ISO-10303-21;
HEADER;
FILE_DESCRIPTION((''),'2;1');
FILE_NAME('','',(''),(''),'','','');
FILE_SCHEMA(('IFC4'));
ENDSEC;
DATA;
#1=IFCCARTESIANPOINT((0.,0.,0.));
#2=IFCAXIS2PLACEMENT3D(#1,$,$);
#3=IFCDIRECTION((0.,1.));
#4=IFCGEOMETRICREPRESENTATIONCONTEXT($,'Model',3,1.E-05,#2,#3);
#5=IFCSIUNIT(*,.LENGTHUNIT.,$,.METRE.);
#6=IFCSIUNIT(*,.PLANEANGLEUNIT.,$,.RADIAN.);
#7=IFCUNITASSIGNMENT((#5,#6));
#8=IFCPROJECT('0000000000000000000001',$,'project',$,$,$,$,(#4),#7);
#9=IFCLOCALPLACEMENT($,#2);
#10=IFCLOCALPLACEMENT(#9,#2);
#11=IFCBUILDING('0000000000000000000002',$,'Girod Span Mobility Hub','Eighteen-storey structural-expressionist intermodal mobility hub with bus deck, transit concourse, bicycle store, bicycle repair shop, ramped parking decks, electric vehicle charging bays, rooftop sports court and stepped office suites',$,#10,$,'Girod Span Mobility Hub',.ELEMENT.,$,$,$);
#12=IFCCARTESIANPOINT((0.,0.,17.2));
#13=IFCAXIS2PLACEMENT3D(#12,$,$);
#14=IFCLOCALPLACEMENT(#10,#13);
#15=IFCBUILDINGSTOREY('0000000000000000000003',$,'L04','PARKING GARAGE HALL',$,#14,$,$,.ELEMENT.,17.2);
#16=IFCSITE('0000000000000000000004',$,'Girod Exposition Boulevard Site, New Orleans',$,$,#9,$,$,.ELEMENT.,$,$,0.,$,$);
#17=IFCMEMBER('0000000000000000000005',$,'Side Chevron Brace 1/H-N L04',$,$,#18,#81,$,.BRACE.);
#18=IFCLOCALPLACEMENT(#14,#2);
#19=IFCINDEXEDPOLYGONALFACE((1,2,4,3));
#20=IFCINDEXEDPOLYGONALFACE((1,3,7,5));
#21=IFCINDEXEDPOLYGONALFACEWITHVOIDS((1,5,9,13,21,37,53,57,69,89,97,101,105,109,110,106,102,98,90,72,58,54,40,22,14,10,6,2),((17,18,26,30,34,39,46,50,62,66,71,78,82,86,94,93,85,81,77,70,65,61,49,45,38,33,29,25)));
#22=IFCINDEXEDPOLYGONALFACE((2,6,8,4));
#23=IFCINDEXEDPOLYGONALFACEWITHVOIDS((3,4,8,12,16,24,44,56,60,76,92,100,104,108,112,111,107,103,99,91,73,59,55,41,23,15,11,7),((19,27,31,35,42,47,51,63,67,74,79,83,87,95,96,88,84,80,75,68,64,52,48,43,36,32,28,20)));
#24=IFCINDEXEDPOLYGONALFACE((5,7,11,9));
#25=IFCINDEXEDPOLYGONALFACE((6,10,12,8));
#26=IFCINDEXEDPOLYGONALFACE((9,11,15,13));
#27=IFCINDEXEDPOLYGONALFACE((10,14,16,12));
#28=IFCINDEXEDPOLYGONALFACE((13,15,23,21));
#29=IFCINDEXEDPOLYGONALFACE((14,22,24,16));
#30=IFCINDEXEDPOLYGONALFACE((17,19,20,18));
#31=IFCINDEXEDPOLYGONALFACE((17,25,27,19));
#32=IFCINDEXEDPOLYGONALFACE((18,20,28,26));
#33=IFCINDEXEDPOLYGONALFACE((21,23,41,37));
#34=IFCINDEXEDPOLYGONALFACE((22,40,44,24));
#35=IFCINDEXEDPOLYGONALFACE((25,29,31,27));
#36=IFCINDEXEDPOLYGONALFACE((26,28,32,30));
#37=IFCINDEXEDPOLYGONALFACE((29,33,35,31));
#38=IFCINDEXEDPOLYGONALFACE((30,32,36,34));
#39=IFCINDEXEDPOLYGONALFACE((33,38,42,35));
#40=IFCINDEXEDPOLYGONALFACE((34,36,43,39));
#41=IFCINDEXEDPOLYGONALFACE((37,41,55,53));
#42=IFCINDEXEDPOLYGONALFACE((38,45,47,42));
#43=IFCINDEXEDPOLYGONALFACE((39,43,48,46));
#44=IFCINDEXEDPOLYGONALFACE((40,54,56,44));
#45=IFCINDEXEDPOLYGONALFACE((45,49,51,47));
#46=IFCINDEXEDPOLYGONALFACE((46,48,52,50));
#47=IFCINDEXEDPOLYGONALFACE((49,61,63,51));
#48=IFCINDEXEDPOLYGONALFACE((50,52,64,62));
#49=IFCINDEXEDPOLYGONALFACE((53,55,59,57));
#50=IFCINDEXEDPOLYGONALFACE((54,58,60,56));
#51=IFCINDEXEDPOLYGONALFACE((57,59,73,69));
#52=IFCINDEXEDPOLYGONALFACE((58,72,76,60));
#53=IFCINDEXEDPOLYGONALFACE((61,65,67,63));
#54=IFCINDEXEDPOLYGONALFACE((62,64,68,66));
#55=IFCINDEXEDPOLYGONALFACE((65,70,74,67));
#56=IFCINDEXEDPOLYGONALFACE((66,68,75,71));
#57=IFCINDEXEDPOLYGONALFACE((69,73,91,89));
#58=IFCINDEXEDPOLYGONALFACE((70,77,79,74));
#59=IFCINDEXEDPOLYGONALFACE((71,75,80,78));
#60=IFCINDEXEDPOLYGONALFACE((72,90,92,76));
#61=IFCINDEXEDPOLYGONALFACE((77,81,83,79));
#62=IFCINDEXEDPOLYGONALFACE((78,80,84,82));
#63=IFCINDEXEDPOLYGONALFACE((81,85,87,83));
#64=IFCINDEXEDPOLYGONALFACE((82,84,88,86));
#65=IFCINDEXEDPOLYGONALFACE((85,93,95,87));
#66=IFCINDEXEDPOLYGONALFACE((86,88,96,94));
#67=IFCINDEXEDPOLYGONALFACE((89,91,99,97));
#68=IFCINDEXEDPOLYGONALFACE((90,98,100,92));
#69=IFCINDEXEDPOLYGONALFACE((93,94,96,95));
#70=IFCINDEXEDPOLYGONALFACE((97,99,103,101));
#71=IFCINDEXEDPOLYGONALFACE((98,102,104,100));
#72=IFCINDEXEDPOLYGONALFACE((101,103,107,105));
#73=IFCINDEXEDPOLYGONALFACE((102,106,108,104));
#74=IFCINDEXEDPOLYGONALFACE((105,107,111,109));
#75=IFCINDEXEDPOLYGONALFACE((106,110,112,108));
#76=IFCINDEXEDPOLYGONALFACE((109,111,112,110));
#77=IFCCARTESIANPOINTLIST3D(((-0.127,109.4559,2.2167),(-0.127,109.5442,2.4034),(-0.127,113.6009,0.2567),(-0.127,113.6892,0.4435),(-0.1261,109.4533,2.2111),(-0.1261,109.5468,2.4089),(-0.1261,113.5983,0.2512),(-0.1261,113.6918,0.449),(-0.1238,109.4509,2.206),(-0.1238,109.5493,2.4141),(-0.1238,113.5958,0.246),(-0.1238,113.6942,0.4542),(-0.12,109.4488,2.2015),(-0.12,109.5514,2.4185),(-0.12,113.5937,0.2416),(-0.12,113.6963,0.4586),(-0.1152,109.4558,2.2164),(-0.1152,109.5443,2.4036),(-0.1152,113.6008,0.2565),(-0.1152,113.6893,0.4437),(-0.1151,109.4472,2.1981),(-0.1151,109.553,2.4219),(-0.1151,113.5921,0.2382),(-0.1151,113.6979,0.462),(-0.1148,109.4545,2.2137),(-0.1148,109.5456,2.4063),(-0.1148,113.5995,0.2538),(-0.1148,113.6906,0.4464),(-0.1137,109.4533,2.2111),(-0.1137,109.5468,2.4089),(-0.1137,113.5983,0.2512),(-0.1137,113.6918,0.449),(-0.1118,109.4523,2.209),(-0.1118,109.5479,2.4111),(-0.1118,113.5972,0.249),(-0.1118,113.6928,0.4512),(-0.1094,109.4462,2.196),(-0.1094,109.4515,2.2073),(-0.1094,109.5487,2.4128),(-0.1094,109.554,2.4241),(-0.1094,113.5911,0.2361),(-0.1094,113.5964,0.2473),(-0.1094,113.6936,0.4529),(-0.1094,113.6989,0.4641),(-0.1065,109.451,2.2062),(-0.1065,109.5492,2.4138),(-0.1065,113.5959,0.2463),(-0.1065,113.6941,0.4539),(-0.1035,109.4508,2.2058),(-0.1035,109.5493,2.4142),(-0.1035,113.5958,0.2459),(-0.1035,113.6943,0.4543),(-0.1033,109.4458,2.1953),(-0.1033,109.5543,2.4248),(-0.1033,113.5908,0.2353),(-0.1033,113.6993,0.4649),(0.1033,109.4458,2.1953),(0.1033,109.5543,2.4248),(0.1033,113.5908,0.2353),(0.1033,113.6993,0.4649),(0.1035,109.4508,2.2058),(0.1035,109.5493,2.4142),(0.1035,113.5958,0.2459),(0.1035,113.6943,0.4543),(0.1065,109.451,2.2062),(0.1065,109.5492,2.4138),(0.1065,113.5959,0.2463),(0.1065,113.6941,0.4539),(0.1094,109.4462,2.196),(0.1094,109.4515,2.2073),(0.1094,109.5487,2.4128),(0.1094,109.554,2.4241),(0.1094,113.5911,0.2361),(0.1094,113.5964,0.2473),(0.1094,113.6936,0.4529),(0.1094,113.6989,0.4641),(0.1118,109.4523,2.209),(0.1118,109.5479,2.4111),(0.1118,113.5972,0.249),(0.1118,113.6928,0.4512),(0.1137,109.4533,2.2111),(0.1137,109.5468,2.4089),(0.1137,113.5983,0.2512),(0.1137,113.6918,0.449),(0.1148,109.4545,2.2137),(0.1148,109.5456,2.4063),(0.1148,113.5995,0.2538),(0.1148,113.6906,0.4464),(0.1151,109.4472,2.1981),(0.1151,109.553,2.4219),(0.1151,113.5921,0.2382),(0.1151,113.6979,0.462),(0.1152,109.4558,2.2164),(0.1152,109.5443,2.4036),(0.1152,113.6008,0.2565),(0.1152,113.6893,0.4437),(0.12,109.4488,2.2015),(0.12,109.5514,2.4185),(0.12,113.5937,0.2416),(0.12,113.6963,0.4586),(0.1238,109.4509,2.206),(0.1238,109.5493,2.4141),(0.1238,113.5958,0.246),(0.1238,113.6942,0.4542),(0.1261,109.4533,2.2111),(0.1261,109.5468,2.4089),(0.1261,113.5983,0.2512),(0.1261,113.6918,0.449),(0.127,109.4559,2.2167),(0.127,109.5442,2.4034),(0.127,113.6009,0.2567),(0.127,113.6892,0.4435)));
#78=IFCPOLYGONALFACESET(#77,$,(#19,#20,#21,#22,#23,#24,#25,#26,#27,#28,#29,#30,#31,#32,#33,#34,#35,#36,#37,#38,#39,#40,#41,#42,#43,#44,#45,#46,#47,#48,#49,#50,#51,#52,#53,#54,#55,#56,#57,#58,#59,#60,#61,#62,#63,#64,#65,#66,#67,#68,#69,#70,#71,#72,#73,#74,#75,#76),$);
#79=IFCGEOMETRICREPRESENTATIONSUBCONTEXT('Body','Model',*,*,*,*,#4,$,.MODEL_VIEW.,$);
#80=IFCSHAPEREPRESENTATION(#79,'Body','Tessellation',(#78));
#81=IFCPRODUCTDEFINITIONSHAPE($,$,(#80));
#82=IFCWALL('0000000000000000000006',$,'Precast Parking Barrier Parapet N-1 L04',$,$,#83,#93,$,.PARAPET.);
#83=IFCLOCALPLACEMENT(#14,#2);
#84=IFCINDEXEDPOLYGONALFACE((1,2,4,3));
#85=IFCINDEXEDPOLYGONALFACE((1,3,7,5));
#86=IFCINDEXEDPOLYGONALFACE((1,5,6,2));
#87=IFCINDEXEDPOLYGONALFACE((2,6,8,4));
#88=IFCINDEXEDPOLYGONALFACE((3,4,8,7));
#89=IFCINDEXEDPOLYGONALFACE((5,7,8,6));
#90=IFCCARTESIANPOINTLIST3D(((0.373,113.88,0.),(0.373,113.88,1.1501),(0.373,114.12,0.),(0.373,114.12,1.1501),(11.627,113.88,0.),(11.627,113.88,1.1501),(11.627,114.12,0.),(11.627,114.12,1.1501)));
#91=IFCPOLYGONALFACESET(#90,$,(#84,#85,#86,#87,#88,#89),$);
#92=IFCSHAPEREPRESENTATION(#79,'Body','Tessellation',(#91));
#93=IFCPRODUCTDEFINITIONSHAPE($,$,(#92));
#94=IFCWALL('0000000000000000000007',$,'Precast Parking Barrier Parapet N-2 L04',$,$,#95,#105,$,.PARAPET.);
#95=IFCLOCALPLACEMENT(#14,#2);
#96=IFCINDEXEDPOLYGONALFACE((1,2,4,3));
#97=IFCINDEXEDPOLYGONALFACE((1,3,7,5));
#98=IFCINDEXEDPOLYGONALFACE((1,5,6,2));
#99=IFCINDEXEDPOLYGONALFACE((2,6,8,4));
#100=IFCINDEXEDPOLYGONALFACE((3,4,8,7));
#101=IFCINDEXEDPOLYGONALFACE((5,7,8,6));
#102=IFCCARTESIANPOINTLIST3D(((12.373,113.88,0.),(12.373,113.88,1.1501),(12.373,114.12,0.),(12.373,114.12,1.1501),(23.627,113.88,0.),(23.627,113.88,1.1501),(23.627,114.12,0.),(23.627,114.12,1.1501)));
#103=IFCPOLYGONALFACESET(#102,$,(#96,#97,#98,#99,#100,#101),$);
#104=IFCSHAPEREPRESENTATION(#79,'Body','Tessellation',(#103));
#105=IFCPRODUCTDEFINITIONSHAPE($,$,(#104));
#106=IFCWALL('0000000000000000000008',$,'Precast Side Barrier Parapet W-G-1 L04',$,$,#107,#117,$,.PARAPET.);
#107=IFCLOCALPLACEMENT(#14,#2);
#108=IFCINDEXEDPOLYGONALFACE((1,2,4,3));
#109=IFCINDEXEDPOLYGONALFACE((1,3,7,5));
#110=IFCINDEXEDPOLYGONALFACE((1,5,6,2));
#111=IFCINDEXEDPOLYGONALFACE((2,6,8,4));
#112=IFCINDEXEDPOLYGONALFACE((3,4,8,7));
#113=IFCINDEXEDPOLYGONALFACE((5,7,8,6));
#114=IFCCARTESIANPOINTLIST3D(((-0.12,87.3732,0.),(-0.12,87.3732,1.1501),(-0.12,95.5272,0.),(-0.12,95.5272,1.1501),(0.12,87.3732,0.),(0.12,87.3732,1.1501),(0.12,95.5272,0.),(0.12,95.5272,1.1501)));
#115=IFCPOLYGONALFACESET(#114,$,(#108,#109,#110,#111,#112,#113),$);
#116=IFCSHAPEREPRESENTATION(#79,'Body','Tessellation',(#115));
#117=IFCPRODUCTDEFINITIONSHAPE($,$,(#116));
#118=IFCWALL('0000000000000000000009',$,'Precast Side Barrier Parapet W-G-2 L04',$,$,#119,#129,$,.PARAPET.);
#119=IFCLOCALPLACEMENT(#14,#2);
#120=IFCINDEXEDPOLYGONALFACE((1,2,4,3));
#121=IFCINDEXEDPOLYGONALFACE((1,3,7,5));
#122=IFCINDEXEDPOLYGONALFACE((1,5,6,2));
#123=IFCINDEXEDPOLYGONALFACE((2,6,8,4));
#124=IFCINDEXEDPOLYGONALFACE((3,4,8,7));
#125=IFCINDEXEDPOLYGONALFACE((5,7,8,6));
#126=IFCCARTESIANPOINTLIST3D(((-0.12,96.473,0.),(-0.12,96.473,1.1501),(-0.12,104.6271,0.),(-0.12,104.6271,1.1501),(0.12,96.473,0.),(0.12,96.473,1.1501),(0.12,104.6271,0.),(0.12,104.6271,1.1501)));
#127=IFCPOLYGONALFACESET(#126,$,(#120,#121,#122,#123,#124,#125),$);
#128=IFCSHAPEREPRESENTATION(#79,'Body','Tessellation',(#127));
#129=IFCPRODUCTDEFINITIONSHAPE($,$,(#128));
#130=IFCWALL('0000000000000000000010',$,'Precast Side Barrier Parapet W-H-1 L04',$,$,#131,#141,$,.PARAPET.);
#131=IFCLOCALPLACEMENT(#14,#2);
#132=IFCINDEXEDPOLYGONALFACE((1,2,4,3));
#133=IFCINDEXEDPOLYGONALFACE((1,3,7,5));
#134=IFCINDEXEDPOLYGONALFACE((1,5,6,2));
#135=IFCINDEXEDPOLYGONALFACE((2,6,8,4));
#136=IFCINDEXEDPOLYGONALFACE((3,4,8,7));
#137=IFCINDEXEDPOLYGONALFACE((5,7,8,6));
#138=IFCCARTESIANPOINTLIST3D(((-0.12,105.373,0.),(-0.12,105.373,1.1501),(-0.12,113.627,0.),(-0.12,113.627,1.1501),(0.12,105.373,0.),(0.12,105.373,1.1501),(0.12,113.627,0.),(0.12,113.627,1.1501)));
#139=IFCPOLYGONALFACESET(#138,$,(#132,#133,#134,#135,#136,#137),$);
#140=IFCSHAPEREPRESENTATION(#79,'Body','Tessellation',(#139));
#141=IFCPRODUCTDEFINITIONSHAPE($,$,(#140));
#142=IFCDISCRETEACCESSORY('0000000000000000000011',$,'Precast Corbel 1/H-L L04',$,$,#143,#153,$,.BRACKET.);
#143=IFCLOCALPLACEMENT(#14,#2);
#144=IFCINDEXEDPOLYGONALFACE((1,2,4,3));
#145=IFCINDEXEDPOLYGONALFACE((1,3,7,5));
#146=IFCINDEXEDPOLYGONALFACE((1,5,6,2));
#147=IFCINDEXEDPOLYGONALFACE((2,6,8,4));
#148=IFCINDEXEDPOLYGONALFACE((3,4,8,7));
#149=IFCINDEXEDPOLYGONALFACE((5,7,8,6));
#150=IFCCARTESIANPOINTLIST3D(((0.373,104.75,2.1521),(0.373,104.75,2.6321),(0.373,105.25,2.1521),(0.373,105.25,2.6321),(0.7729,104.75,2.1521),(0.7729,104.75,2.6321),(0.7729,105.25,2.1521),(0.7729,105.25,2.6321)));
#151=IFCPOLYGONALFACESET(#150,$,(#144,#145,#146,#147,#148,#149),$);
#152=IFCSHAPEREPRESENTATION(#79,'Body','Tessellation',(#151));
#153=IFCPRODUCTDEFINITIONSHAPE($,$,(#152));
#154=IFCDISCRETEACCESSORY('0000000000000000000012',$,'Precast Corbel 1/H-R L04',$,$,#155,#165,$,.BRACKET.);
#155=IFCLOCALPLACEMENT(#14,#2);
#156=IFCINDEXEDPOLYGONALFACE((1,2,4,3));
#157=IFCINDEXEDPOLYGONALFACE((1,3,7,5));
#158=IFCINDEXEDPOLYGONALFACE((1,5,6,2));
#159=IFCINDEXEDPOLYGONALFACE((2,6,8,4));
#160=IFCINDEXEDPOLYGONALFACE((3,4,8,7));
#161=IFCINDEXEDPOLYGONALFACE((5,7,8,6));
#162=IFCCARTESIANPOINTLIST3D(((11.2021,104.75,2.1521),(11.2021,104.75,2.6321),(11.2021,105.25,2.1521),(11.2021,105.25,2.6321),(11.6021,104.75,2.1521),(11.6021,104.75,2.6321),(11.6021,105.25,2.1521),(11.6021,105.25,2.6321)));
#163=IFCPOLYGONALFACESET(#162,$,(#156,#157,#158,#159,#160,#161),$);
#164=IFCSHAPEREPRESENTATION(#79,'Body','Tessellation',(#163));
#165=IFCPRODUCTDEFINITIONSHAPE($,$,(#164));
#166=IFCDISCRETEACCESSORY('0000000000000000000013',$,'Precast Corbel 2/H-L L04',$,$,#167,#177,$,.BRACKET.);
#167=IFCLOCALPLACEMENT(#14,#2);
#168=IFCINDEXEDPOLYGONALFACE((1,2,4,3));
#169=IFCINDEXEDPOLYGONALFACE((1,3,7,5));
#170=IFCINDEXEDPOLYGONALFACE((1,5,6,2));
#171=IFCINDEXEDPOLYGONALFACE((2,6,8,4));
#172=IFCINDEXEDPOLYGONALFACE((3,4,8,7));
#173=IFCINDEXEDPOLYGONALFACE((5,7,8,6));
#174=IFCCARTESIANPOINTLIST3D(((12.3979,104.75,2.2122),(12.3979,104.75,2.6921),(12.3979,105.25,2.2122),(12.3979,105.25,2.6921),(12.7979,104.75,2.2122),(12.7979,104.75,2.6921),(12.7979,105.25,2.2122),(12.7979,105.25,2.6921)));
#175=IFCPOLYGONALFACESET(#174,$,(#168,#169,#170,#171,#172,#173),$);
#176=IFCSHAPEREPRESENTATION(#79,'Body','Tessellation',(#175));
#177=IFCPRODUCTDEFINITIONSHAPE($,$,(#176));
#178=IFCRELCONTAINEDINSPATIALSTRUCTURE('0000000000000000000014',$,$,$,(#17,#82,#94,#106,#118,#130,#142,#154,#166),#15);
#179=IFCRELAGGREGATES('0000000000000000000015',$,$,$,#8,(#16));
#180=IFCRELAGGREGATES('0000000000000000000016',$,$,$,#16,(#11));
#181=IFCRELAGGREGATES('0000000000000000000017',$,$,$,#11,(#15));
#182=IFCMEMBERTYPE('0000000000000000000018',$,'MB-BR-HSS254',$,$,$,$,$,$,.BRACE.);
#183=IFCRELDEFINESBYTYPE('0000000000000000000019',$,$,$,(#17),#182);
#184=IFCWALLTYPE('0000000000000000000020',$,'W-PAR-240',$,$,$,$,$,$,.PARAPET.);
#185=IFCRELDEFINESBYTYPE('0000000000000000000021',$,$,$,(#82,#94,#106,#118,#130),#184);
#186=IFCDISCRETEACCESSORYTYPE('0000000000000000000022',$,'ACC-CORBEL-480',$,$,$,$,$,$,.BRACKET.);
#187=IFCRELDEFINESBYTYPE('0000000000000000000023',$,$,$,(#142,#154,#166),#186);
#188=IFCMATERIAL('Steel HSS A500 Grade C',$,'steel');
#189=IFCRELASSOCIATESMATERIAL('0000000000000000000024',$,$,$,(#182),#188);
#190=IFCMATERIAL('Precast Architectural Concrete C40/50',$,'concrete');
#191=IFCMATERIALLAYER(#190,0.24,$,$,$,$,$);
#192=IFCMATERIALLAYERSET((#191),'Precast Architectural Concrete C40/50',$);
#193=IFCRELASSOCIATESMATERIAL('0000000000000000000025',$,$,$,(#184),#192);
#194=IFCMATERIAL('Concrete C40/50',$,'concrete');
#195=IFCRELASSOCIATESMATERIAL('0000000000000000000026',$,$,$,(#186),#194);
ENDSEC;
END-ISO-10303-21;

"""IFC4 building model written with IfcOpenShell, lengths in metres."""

from ifc_helpers import new_model, si_unit, direction, frame, frame_2d, origin, origin_2d, place, context, subcontext, project, spatial, rectangle, hollow_rectangle, extrude, material, layer, layer_set, material_profile, profile_set, type_object, element, save


model = new_model("IFC4")

# Units and contexts
model_context = context("Model", 3, precision=1e-05, world=origin(), true_north=direction((0.0, 1.0)))
body_context = subcontext(model_context, "Body", "Model", "MODEL_VIEW")
ifc_project = project(units=[si_unit("LENGTHUNIT", "METRE"), si_unit("PLANEANGLEUNIT", "RADIAN")], contexts=[model_context])

# Site, building, storey
site_placement = place(None, origin())
site = spatial("IfcSite", under=ifc_project, at=site_placement, Name="Girod Exposition Boulevard Site, New Orleans", CompositionType="ELEMENT", RefElevation=0.0)
building_placement = place(site_placement, origin())
building = spatial("IfcBuilding", under=site, at=building_placement, Name="Girod Span Mobility Hub", Description="Eighteen-storey structural-expressionist intermodal mobility hub with bus deck, transit concourse, bicycle store, bicycle repair shop, ramped parking decks, electric vehicle charging bays, rooftop sports court and stepped office suites", LongName="Girod Span Mobility Hub", CompositionType="ELEMENT")
storey_placement = place(building_placement, frame((0.0, 0.0, 17.2)))
storey = spatial("IfcBuildingStorey", under=building, at=storey_placement, Name="L04", Description="PARKING GARAGE HALL", CompositionType="ELEMENT", Elevation=17.2)

# Member
ifc_material_1 = material(Name="Steel HSS A500 Grade C", Category="steel")
ifc_material_profile_1 = material_profile(ifc_material_1, hollow_rectangle(XDim=0.2539, YDim=0.2539, WallThickness=0.0117, InnerFilletRadius=0.0117, OuterFilletRadius=0.0237, at=origin_2d()), Name="HSS254X254X12.7")
ifc_profile_set_1 = profile_set([ifc_material_profile_1], Name="Steel HSS A500 Grade C")
member_type = type_object("IfcMemberType", Name="MB-BR-HSS254", PredefinedType="BRACE", material=ifc_profile_set_1)
for number, where, z_axis, x_axis, name in (
    (1, (0.0, 113.645, 0.3501), (0.0, -0.90403, 0.427468), (1.0, 0.0, 0.0), "Side Chevron Brace 1/H-N L04"),
):
    element("IfcMember", number, at=place(storey_placement, frame(where, z_axis=z_axis, x_axis=x_axis)), inside=storey, type_object=member_type, Name=name, PredefinedType="BRACE", context=body_context, shape_type="SweptSolid", body=[
        extrude(hollow_rectangle(XDim=0.2539, YDim=0.2539, WallThickness=0.0117, InnerFilletRadius=0.0117, OuterFilletRadius=0.0237, at=origin_2d()), origin(), (0.0, 0.0, 1.0), 4.585),
    ])

# Walls
ifc_material_2 = material(Name="Precast Architectural Concrete C40/50", Category="concrete")
ifc_layer = layer(ifc_material_2, 0.24)
ifc_layer_set = layer_set([ifc_layer], Name="Precast Architectural Concrete C40/50")
wall_type = type_object("IfcWallType", Name="W-PAR-240", PredefinedType="PARAPET", material=ifc_layer_set)
for number, where, z_axis, x_axis, name in (
    (2, (0.373, 114.0, 0.0), (0.0, 0.0, 1.0), (1.0, 0.0, 0.0), "Precast Parking Barrier Parapet N-1 L04"),
    (3, (12.373, 114.0, 0.0), (0.0, 0.0, 1.0), (1.0, 0.0, 0.0), "Precast Parking Barrier Parapet N-2 L04"),
):
    element("IfcWall", number, at=place(storey_placement, frame(where, z_axis=z_axis, x_axis=x_axis)), inside=storey, type_object=wall_type, Name=name, PredefinedType="PARAPET", context=body_context, shape_type="SweptSolid", body=[
        extrude(rectangle(XDim=11.2539, YDim=0.24, at=frame_2d((5.627, 0.0))), origin(), (0.0, 0.0, 1.0), 1.1501),
    ])
for number, where, z_axis, x_axis, name in (
    (4, (0.0, 87.373, 0.0), (0.0, 0.0, 1.0), (0.0, 1.0, 0.0), "Precast Side Barrier Parapet W-G-1 L04"),
    (5, (0.0, 96.4729, 0.0), (0.0, 0.0, 1.0), (0.0, 1.0, 0.0), "Precast Side Barrier Parapet W-G-2 L04"),
):
    element("IfcWall", number, at=place(storey_placement, frame(where, z_axis=z_axis, x_axis=x_axis)), inside=storey, type_object=wall_type, Name=name, PredefinedType="PARAPET", context=body_context, shape_type="SweptSolid", body=[
        extrude(rectangle(XDim=8.1541, YDim=0.24, at=frame_2d((4.0771, 0.0))), origin(), (0.0, 0.0, 1.0), 1.1501),
    ])
wall_placement = place(storey_placement, frame((0.0, 105.373, 0.0), z_axis=(0.0, 0.0, 1.0), x_axis=(0.0, 1.0, 0.0)))
element("IfcWall", 6, at=wall_placement, inside=storey, type_object=wall_type, Name="Precast Side Barrier Parapet W-H-1 L04", PredefinedType="PARAPET", context=body_context, shape_type="SweptSolid", body=[
    extrude(rectangle(XDim=8.2539, YDim=0.24, at=frame_2d((4.127, 0.0))), origin(), (0.0, 0.0, 1.0), 1.1501),
])

# Discrete accessories
ifc_material_3 = material(Name="Concrete C40/50", Category="concrete")
discrete_accessory_type = type_object("IfcDiscreteAccessoryType", Name="ACC-CORBEL-480", PredefinedType="BRACKET", material=ifc_material_3)
for number, where, z_axis, x_axis, name in (
    (7, (0.573, 105.0, 2.1521), (0.0, 0.0, 1.0), (1.0, 0.0, 0.0), "Precast Corbel 1/H-L L04"),
    (8, (11.4021, 105.0, 2.1521), (0.0, 0.0, 1.0), (1.0, 0.0, 0.0), "Precast Corbel 1/H-R L04"),
    (9, (12.5979, 105.0, 2.2122), (0.0, 0.0, 1.0), (1.0, 0.0, 0.0), "Precast Corbel 2/H-L L04"),
):
    element("IfcDiscreteAccessory", number, at=place(storey_placement, frame(where, z_axis=z_axis, x_axis=x_axis)), inside=storey, type_object=discrete_accessory_type, Name=name, PredefinedType="BRACKET", context=body_context, shape_type="SweptSolid", body=[
        extrude(rectangle(XDim=0.3999, YDim=0.5, at=origin_2d()), origin(), (0.0, 0.0, 1.0), 0.48),
    ])

save(model, "model.ifc")
